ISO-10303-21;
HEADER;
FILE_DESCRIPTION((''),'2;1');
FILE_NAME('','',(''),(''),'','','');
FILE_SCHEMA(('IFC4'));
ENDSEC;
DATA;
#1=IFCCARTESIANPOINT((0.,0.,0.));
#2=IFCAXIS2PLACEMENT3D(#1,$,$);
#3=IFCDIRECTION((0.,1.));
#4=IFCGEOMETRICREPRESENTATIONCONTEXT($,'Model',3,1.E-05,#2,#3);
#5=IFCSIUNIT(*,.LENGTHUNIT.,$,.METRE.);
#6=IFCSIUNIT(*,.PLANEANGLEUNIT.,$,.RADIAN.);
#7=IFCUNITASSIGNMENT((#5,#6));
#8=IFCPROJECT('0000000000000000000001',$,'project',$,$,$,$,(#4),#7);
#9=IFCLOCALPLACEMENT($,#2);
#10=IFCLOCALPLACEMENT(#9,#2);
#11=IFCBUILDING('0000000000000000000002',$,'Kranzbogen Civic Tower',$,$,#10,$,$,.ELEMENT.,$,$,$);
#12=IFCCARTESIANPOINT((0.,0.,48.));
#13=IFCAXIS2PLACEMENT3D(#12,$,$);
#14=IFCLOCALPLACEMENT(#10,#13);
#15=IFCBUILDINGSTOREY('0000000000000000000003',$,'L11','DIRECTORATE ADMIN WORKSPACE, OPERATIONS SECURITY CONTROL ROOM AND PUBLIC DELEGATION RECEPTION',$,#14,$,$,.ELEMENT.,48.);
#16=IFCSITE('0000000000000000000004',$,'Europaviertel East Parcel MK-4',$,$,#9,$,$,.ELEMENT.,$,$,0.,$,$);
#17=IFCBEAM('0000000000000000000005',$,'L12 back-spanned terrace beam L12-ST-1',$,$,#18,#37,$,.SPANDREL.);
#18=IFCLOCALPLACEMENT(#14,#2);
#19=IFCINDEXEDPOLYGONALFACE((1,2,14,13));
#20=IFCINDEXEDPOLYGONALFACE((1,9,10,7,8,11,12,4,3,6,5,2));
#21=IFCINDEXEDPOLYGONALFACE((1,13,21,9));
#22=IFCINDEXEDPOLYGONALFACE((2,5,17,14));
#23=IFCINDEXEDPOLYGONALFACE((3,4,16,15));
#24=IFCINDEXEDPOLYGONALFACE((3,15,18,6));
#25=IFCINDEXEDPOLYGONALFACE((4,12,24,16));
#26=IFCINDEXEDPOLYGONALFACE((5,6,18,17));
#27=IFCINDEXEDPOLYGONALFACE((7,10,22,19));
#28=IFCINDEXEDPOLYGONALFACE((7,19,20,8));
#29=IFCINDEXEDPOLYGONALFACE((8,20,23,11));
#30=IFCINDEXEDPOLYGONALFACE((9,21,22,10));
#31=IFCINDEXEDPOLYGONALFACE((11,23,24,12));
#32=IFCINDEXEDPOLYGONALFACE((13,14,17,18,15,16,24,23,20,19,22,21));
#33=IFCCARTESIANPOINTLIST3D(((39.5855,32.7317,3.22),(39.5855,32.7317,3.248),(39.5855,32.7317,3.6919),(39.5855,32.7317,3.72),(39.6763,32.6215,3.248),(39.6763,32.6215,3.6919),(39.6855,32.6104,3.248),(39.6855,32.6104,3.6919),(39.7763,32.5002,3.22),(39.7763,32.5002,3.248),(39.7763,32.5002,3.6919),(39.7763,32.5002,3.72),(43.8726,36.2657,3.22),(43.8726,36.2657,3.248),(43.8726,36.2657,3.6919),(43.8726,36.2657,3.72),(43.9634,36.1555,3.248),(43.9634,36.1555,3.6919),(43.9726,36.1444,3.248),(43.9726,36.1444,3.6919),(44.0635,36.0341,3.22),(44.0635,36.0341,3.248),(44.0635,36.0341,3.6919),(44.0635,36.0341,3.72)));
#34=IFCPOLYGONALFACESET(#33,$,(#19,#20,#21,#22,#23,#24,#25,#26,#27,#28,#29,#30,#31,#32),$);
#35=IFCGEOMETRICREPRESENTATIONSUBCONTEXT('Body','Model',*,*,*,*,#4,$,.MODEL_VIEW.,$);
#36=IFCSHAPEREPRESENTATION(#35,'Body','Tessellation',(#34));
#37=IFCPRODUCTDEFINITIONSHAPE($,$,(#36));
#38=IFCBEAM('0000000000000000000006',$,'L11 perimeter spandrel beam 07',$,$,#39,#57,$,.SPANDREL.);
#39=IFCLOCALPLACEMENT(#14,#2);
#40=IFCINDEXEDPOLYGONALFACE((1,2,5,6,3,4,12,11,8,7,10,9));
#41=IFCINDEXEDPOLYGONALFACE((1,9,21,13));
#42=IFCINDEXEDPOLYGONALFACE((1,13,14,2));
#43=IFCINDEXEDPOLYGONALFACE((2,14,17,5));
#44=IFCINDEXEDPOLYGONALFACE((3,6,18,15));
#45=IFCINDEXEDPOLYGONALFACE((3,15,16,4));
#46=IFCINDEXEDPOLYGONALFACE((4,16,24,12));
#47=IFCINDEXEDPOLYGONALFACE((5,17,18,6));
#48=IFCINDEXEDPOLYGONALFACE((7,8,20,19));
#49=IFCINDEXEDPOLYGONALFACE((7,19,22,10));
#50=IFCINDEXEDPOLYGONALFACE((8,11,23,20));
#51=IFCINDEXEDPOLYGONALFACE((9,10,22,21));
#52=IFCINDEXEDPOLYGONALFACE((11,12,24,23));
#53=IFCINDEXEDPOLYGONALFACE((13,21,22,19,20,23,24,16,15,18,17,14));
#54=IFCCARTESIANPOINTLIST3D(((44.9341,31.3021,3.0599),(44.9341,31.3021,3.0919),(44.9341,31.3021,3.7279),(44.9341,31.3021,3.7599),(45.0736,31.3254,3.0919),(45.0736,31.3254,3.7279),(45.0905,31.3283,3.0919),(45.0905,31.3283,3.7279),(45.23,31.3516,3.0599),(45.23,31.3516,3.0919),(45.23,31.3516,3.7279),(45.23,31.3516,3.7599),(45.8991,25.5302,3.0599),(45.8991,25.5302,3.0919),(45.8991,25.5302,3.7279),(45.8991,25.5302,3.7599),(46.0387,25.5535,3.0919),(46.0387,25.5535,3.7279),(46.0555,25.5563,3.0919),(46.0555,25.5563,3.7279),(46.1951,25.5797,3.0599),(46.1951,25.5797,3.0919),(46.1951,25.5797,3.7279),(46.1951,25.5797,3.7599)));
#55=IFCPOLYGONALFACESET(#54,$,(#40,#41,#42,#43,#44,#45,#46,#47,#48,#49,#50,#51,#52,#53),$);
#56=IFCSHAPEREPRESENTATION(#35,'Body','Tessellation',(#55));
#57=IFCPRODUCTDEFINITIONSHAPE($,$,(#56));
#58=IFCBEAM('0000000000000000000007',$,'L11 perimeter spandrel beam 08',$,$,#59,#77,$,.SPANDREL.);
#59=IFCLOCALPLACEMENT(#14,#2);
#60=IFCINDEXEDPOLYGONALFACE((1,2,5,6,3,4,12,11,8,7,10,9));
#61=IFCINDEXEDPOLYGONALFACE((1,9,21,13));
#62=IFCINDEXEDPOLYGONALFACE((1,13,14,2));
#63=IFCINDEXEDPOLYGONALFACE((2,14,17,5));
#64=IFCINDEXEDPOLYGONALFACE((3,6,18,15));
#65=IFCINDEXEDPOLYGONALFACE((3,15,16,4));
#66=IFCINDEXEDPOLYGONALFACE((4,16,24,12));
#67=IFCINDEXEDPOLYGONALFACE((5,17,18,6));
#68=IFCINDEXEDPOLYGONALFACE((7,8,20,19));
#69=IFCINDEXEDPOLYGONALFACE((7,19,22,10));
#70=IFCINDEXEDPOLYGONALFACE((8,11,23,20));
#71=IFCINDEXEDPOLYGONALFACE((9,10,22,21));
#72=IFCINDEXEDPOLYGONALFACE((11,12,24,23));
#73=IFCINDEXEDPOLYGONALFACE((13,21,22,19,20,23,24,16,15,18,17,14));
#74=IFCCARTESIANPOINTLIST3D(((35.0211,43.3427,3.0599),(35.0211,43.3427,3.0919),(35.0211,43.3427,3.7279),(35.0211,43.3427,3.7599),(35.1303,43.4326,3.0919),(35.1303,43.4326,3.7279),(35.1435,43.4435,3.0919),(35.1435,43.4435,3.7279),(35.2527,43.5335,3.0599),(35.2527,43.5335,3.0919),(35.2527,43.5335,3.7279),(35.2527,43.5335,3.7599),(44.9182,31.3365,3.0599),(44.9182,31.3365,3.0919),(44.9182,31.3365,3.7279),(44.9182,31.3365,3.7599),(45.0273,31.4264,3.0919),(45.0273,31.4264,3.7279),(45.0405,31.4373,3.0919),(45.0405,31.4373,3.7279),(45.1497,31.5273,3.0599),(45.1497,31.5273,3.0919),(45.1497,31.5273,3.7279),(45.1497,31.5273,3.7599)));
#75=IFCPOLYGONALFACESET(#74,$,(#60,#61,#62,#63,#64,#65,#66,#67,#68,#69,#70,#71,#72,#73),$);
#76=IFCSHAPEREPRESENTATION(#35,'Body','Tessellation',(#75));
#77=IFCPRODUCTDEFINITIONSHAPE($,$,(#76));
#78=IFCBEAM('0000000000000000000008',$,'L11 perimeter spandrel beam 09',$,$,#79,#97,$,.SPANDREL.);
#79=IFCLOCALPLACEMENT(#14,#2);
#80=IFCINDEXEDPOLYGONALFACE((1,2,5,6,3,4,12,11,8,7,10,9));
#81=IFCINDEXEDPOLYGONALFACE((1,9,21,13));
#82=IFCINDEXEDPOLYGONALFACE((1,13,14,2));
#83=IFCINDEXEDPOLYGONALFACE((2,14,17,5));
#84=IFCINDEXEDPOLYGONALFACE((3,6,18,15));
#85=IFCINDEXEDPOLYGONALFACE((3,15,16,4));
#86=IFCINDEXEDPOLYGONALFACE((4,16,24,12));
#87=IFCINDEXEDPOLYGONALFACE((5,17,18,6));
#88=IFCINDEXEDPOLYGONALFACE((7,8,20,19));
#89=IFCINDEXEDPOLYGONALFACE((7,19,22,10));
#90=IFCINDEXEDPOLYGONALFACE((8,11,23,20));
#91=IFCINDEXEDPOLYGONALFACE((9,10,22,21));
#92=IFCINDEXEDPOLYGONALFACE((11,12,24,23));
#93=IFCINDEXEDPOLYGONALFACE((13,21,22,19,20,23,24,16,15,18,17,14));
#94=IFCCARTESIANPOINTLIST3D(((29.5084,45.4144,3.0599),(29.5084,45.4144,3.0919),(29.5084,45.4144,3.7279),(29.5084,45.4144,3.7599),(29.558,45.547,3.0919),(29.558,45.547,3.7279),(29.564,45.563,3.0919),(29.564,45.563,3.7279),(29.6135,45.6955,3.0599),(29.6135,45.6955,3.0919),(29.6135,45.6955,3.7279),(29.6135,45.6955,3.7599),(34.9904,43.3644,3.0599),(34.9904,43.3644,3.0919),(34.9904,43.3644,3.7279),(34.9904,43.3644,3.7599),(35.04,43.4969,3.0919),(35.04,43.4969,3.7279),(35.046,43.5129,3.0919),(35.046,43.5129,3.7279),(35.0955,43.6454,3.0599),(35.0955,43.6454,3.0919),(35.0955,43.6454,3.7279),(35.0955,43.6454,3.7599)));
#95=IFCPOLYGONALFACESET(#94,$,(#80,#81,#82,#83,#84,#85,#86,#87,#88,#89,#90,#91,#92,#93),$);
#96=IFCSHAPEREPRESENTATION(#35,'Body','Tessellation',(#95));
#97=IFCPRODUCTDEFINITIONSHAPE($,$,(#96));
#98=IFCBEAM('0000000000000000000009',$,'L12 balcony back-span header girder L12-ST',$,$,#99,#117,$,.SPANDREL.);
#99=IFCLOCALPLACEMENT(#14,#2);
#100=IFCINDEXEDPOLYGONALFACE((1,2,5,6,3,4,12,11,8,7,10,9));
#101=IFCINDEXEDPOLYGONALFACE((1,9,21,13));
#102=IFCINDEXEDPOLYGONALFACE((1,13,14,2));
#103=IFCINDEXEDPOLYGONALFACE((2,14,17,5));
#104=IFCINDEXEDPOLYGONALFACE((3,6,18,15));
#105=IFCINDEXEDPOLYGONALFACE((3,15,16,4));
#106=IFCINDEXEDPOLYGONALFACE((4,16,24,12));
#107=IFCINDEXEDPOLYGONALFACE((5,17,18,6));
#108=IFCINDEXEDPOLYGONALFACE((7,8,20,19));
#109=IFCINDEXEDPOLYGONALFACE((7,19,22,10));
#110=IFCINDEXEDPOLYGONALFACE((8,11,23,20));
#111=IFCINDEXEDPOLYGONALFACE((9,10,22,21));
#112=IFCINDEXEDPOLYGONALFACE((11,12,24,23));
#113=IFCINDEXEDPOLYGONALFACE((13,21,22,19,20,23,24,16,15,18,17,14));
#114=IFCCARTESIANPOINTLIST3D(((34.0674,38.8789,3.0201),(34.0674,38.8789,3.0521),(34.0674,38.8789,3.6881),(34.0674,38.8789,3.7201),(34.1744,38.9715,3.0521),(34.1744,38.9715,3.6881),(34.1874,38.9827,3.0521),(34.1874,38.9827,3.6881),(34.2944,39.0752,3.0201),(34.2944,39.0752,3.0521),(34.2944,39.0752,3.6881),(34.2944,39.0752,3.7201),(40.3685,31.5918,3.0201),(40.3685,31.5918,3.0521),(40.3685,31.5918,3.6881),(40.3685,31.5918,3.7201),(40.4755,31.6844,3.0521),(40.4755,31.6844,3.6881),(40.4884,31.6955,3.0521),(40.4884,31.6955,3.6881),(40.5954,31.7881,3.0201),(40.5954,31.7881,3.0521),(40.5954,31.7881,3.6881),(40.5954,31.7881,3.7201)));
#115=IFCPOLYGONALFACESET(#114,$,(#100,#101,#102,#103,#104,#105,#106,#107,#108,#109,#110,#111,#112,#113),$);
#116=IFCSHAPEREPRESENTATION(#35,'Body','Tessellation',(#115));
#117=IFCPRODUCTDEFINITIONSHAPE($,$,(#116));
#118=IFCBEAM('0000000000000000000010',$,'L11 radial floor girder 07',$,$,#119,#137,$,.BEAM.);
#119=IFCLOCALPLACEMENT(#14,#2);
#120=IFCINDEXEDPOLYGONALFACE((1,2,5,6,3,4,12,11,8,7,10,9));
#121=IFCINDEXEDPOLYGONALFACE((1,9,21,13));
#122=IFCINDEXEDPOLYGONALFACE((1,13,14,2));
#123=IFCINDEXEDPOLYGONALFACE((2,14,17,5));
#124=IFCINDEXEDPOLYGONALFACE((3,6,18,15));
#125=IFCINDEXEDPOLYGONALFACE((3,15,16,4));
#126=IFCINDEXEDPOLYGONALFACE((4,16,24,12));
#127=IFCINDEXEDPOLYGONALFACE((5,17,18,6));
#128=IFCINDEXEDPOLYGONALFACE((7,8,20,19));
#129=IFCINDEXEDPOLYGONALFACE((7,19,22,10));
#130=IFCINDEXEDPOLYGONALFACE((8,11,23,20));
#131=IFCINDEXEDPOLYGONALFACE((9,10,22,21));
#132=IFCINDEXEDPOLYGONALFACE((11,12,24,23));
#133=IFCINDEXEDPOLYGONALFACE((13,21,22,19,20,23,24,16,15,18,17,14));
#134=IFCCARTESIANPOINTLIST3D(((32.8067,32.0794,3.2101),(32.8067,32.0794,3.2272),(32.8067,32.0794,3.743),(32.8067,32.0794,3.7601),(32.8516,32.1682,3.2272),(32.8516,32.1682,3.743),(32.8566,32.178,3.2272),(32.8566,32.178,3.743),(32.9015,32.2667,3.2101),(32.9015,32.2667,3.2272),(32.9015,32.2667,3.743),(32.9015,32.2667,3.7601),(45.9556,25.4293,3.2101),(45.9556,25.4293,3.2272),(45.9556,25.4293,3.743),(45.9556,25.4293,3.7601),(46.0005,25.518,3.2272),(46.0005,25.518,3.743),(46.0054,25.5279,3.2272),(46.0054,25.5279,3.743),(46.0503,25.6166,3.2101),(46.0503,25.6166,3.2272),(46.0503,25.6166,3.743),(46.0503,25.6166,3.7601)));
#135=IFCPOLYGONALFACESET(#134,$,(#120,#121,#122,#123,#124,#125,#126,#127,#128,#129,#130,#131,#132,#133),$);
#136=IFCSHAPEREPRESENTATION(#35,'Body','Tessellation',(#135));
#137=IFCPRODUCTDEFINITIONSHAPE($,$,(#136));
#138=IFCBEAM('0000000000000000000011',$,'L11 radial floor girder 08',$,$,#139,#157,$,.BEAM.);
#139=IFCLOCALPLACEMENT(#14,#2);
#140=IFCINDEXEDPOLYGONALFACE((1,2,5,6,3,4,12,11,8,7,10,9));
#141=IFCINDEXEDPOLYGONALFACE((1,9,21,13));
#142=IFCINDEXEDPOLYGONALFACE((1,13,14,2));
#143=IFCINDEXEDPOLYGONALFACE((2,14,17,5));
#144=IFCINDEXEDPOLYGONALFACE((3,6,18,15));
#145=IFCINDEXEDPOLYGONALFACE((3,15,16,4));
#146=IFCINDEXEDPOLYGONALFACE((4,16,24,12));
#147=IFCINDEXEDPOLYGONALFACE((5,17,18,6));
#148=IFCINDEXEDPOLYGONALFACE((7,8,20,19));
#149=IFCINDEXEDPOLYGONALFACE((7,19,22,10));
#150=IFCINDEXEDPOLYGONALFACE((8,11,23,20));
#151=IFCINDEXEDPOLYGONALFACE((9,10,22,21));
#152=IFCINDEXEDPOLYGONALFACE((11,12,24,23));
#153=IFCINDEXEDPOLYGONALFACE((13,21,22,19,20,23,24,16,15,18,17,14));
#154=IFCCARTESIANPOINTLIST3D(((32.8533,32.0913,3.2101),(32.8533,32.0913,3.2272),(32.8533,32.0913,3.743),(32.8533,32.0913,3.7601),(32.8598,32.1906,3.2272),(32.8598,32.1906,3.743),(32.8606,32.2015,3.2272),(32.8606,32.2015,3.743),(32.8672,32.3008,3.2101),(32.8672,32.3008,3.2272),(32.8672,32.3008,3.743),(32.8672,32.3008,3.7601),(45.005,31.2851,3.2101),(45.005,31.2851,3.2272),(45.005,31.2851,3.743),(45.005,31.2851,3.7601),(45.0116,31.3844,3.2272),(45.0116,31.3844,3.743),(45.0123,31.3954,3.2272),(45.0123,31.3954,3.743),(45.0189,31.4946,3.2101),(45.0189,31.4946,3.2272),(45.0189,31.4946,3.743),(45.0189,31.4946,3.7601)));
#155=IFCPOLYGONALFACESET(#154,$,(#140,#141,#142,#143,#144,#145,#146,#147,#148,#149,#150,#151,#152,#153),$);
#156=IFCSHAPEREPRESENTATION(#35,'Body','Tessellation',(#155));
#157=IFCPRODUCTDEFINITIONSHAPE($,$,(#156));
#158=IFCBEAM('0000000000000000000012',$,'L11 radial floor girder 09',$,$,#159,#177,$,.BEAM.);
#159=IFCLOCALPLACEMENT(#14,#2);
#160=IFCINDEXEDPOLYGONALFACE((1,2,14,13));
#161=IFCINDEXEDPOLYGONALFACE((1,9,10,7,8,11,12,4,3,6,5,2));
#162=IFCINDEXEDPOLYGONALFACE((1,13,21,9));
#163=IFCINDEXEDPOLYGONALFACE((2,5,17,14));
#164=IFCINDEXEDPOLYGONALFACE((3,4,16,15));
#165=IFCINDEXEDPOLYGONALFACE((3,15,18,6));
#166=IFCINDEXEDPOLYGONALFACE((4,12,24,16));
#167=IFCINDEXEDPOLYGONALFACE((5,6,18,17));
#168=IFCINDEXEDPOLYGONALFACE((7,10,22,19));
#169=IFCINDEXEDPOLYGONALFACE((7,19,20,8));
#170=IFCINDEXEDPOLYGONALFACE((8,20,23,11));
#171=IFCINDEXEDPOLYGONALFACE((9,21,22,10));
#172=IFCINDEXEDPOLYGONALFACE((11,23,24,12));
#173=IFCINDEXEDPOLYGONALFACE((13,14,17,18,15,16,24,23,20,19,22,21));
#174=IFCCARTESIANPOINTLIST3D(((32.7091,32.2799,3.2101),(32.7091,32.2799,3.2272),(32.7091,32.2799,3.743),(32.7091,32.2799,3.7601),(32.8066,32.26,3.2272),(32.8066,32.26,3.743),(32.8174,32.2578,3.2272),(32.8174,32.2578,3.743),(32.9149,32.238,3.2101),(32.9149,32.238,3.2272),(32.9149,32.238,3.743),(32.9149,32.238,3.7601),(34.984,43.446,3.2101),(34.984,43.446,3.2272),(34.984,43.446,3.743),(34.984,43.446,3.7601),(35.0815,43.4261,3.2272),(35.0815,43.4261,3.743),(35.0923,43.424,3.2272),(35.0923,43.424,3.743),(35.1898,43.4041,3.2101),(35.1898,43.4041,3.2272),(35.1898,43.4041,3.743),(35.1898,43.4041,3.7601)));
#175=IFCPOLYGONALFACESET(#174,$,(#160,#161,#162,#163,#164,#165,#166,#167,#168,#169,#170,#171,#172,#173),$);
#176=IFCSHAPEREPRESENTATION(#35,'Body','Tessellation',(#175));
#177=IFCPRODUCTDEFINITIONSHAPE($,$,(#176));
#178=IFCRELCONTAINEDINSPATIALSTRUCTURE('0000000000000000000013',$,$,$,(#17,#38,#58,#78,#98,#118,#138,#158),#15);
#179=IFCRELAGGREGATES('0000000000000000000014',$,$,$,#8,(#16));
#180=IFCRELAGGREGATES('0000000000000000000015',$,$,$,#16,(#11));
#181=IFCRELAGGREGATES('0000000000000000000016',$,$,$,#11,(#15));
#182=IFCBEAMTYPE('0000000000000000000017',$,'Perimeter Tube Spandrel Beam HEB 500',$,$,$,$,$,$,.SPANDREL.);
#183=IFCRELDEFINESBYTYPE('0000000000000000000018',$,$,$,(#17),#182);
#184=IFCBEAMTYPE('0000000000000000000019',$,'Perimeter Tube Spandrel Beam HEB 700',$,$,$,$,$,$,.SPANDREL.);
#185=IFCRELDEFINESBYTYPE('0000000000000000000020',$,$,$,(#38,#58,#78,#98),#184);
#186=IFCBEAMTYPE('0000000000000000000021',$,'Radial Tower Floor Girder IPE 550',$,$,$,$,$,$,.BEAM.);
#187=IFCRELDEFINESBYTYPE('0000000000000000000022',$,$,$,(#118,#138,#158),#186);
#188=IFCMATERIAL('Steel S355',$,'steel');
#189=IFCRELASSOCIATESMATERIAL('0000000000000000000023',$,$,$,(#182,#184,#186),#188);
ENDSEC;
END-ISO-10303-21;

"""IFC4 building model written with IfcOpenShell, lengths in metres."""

from ifc_helpers import new_model, si_unit, direction, frame, origin, origin_2d, place, context, subcontext, project, spatial, i_section, extrude, material, material_profile, profile_set, type_object, element, save


model = new_model("IFC4")

# Units and contexts
model_context = context("Model", 3, precision=1e-05, world=origin(), true_north=direction((0.0, 1.0)))
body_context = subcontext(model_context, "Body", "Model", "MODEL_VIEW")
ifc_project = project(units=[si_unit("LENGTHUNIT", "METRE"), si_unit("PLANEANGLEUNIT", "RADIAN")], contexts=[model_context])

# Site, building, storey
site_placement = place(None, origin())
site = spatial("IfcSite", under=ifc_project, at=site_placement, Name="Europaviertel East Parcel MK-4", CompositionType="ELEMENT", RefElevation=0.0)
building_placement = place(site_placement, origin())
building = spatial("IfcBuilding", under=site, at=building_placement, Name="Kranzbogen Civic Tower", CompositionType="ELEMENT")
storey_placement = place(building_placement, frame((0.0, 0.0, 48.0)))
storey = spatial("IfcBuildingStorey", under=building, at=storey_placement, Name="L11", Description="DIRECTORATE ADMIN WORKSPACE, OPERATIONS SECURITY CONTROL ROOM AND PUBLIC DELEGATION RECEPTION", CompositionType="ELEMENT", Elevation=48.0)

# Shared definitions
ifc_material_1 = material(Name="Steel S355", Category="steel")

# Beams
ifc_material_profile_1 = material_profile(ifc_material_1, i_section(OverallWidth=0.3, OverallDepth=0.5, WebThickness=0.0144, FlangeThickness=0.0281, at=origin_2d()), Name="HEB 500")
ifc_profile_set_1 = profile_set([ifc_material_profile_1], Name="Steel S355")
beam_type_1 = type_object("IfcBeamType", Name="Perimeter Tube Spandrel Beam HEB 500", PredefinedType="SPANDREL", material=ifc_profile_set_1)
beam_1_placement = place(storey_placement, frame((39.6809, 32.616, 3.47), z_axis=(0.771632, 0.636069, 0.0), x_axis=(-0.636069, 0.771632, 0.0)))
element("IfcBeam", 1, at=beam_1_placement, inside=storey, type_object=beam_type_1, Name="L12 back-spanned terrace beam L12-ST-1", PredefinedType="SPANDREL", context=body_context, shape_type="SweptSolid", body=[
    extrude(i_section(OverallWidth=0.3, OverallDepth=0.5, WebThickness=0.0144, FlangeThickness=0.0281, at=origin_2d()), origin(), (0.0, 0.0, 1.0), 5.5559),
])
ifc_material_profile_2 = material_profile(ifc_material_1, i_section(OverallWidth=0.3, OverallDepth=0.7, WebThickness=0.0171, FlangeThickness=0.032, at=origin_2d()), Name="HEB 700")
ifc_profile_set_2 = profile_set([ifc_material_profile_2], Name="Steel S355")
beam_type_2 = type_object("IfcBeamType", Name="Perimeter Tube Spandrel Beam HEB 700", PredefinedType="SPANDREL", material=ifc_profile_set_2)
beam_2_placement = place(storey_placement, frame((46.0471, 25.5549, 3.4099), z_axis=(-0.164913, 0.986308, 0.0), x_axis=(-0.986308, -0.164913, 0.0)))
element("IfcBeam", 2, at=beam_2_placement, inside=storey, type_object=beam_type_2, Name="L11 perimeter spandrel beam 07", PredefinedType="SPANDREL", context=body_context, shape_type="SweptSolid", body=[
    extrude(i_section(OverallWidth=0.3, OverallDepth=0.7, WebThickness=0.0171, FlangeThickness=0.032, at=origin_2d()), origin(), (0.0, 0.0, 1.0), 5.8521),
])
beam_3_placement = place(storey_placement, frame((45.0339, 31.4319, 3.4099), z_axis=(-0.636075, 0.771628, 0.0), x_axis=(-0.771628, -0.636075, 0.0)))
element("IfcBeam", 3, at=beam_3_placement, inside=storey, type_object=beam_type_2, Name="L11 perimeter spandrel beam 08", PredefinedType="SPANDREL", context=body_context, shape_type="SweptSolid", body=[
    extrude(i_section(OverallWidth=0.3, OverallDepth=0.7, WebThickness=0.0171, FlangeThickness=0.032, at=origin_2d()), origin(), (0.0, 0.0, 1.0), 15.5596),
])
beam_4_placement = place(storey_placement, frame((35.043, 43.5049, 3.4099), z_axis=(-0.936648, 0.350273, 0.0), x_axis=(-0.350273, -0.936648, 0.0)))
element("IfcBeam", 4, at=beam_4_placement, inside=storey, type_object=beam_type_2, Name="L11 perimeter spandrel beam 09", PredefinedType="SPANDREL", context=body_context, shape_type="SweptSolid", body=[
    extrude(i_section(OverallWidth=0.3, OverallDepth=0.7, WebThickness=0.0171, FlangeThickness=0.032, at=origin_2d()), origin(), (0.0, 0.0, 1.0), 5.8528),
])
beam_5_placement = place(storey_placement, frame((40.4819, 31.6899, 3.3701), z_axis=(-0.654072, 0.756432, 0.0), x_axis=(-0.756432, -0.654072, 0.0)))
element("IfcBeam", 5, at=beam_5_placement, inside=storey, type_object=beam_type_2, Name="L12 balcony back-span header girder L12-ST", PredefinedType="SPANDREL", context=body_context, shape_type="SweptSolid", body=[
    extrude(i_section(OverallWidth=0.3, OverallDepth=0.7, WebThickness=0.0171, FlangeThickness=0.032, at=origin_2d()), origin(), (0.0, 0.0, 1.0), 9.6335),
])
ifc_material_profile_3 = material_profile(ifc_material_1, i_section(OverallWidth=0.21, OverallDepth=0.55, WebThickness=0.011, FlangeThickness=0.0171, at=origin_2d()), Name="IPE 550")
ifc_profile_set_3 = profile_set([ifc_material_profile_3], Name="Steel S355")
beam_type_3 = type_object("IfcBeamType", Name="Radial Tower Floor Girder IPE 550", PredefinedType="BEAM", material=ifc_profile_set_3)
beam_6_placement = place(storey_placement, frame((46.0029, 25.5229, 3.4851), z_axis=(-0.892363, 0.451318, 0.0), x_axis=(-0.451318, -0.892363, 0.0)))
element("IfcBeam", 6, at=beam_6_placement, inside=storey, type_object=beam_type_3, Name="L11 radial floor girder 07", PredefinedType="BEAM", context=body_context, shape_type="SweptSolid", body=[
    extrude(i_section(OverallWidth=0.21, OverallDepth=0.55, WebThickness=0.011, FlangeThickness=0.0171, at=origin_2d()), origin(), (0.0, 0.0, 1.0), 14.7349),
])
beam_7_placement = place(storey_placement, frame((45.012, 31.3899, 3.4851), z_axis=(-0.997807, 0.066194, 0.0), x_axis=(-0.066194, -0.997807, 0.0)))
element("IfcBeam", 7, at=beam_7_placement, inside=storey, type_object=beam_type_3, Name="L11 radial floor girder 08", PredefinedType="BEAM", context=body_context, shape_type="SweptSolid", body=[
    extrude(i_section(OverallWidth=0.21, OverallDepth=0.55, WebThickness=0.011, FlangeThickness=0.0171, at=origin_2d()), origin(), (0.0, 0.0, 1.0), 12.1785),
])
beam_8_placement = place(storey_placement, frame((35.0869, 43.425, 3.4851), z_axis=(-0.199633, -0.979871, 0.0), x_axis=(0.979871, -0.199633, 0.0)))
element("IfcBeam", 8, at=beam_8_placement, inside=storey, type_object=beam_type_3, Name="L11 radial floor girder 09", PredefinedType="BEAM", context=body_context, shape_type="SweptSolid", body=[
    extrude(i_section(OverallWidth=0.21, OverallDepth=0.55, WebThickness=0.011, FlangeThickness=0.0171, at=origin_2d()), origin(), (0.0, 0.0, 1.0), 11.3955),
])

save(model, "model.ifc")
